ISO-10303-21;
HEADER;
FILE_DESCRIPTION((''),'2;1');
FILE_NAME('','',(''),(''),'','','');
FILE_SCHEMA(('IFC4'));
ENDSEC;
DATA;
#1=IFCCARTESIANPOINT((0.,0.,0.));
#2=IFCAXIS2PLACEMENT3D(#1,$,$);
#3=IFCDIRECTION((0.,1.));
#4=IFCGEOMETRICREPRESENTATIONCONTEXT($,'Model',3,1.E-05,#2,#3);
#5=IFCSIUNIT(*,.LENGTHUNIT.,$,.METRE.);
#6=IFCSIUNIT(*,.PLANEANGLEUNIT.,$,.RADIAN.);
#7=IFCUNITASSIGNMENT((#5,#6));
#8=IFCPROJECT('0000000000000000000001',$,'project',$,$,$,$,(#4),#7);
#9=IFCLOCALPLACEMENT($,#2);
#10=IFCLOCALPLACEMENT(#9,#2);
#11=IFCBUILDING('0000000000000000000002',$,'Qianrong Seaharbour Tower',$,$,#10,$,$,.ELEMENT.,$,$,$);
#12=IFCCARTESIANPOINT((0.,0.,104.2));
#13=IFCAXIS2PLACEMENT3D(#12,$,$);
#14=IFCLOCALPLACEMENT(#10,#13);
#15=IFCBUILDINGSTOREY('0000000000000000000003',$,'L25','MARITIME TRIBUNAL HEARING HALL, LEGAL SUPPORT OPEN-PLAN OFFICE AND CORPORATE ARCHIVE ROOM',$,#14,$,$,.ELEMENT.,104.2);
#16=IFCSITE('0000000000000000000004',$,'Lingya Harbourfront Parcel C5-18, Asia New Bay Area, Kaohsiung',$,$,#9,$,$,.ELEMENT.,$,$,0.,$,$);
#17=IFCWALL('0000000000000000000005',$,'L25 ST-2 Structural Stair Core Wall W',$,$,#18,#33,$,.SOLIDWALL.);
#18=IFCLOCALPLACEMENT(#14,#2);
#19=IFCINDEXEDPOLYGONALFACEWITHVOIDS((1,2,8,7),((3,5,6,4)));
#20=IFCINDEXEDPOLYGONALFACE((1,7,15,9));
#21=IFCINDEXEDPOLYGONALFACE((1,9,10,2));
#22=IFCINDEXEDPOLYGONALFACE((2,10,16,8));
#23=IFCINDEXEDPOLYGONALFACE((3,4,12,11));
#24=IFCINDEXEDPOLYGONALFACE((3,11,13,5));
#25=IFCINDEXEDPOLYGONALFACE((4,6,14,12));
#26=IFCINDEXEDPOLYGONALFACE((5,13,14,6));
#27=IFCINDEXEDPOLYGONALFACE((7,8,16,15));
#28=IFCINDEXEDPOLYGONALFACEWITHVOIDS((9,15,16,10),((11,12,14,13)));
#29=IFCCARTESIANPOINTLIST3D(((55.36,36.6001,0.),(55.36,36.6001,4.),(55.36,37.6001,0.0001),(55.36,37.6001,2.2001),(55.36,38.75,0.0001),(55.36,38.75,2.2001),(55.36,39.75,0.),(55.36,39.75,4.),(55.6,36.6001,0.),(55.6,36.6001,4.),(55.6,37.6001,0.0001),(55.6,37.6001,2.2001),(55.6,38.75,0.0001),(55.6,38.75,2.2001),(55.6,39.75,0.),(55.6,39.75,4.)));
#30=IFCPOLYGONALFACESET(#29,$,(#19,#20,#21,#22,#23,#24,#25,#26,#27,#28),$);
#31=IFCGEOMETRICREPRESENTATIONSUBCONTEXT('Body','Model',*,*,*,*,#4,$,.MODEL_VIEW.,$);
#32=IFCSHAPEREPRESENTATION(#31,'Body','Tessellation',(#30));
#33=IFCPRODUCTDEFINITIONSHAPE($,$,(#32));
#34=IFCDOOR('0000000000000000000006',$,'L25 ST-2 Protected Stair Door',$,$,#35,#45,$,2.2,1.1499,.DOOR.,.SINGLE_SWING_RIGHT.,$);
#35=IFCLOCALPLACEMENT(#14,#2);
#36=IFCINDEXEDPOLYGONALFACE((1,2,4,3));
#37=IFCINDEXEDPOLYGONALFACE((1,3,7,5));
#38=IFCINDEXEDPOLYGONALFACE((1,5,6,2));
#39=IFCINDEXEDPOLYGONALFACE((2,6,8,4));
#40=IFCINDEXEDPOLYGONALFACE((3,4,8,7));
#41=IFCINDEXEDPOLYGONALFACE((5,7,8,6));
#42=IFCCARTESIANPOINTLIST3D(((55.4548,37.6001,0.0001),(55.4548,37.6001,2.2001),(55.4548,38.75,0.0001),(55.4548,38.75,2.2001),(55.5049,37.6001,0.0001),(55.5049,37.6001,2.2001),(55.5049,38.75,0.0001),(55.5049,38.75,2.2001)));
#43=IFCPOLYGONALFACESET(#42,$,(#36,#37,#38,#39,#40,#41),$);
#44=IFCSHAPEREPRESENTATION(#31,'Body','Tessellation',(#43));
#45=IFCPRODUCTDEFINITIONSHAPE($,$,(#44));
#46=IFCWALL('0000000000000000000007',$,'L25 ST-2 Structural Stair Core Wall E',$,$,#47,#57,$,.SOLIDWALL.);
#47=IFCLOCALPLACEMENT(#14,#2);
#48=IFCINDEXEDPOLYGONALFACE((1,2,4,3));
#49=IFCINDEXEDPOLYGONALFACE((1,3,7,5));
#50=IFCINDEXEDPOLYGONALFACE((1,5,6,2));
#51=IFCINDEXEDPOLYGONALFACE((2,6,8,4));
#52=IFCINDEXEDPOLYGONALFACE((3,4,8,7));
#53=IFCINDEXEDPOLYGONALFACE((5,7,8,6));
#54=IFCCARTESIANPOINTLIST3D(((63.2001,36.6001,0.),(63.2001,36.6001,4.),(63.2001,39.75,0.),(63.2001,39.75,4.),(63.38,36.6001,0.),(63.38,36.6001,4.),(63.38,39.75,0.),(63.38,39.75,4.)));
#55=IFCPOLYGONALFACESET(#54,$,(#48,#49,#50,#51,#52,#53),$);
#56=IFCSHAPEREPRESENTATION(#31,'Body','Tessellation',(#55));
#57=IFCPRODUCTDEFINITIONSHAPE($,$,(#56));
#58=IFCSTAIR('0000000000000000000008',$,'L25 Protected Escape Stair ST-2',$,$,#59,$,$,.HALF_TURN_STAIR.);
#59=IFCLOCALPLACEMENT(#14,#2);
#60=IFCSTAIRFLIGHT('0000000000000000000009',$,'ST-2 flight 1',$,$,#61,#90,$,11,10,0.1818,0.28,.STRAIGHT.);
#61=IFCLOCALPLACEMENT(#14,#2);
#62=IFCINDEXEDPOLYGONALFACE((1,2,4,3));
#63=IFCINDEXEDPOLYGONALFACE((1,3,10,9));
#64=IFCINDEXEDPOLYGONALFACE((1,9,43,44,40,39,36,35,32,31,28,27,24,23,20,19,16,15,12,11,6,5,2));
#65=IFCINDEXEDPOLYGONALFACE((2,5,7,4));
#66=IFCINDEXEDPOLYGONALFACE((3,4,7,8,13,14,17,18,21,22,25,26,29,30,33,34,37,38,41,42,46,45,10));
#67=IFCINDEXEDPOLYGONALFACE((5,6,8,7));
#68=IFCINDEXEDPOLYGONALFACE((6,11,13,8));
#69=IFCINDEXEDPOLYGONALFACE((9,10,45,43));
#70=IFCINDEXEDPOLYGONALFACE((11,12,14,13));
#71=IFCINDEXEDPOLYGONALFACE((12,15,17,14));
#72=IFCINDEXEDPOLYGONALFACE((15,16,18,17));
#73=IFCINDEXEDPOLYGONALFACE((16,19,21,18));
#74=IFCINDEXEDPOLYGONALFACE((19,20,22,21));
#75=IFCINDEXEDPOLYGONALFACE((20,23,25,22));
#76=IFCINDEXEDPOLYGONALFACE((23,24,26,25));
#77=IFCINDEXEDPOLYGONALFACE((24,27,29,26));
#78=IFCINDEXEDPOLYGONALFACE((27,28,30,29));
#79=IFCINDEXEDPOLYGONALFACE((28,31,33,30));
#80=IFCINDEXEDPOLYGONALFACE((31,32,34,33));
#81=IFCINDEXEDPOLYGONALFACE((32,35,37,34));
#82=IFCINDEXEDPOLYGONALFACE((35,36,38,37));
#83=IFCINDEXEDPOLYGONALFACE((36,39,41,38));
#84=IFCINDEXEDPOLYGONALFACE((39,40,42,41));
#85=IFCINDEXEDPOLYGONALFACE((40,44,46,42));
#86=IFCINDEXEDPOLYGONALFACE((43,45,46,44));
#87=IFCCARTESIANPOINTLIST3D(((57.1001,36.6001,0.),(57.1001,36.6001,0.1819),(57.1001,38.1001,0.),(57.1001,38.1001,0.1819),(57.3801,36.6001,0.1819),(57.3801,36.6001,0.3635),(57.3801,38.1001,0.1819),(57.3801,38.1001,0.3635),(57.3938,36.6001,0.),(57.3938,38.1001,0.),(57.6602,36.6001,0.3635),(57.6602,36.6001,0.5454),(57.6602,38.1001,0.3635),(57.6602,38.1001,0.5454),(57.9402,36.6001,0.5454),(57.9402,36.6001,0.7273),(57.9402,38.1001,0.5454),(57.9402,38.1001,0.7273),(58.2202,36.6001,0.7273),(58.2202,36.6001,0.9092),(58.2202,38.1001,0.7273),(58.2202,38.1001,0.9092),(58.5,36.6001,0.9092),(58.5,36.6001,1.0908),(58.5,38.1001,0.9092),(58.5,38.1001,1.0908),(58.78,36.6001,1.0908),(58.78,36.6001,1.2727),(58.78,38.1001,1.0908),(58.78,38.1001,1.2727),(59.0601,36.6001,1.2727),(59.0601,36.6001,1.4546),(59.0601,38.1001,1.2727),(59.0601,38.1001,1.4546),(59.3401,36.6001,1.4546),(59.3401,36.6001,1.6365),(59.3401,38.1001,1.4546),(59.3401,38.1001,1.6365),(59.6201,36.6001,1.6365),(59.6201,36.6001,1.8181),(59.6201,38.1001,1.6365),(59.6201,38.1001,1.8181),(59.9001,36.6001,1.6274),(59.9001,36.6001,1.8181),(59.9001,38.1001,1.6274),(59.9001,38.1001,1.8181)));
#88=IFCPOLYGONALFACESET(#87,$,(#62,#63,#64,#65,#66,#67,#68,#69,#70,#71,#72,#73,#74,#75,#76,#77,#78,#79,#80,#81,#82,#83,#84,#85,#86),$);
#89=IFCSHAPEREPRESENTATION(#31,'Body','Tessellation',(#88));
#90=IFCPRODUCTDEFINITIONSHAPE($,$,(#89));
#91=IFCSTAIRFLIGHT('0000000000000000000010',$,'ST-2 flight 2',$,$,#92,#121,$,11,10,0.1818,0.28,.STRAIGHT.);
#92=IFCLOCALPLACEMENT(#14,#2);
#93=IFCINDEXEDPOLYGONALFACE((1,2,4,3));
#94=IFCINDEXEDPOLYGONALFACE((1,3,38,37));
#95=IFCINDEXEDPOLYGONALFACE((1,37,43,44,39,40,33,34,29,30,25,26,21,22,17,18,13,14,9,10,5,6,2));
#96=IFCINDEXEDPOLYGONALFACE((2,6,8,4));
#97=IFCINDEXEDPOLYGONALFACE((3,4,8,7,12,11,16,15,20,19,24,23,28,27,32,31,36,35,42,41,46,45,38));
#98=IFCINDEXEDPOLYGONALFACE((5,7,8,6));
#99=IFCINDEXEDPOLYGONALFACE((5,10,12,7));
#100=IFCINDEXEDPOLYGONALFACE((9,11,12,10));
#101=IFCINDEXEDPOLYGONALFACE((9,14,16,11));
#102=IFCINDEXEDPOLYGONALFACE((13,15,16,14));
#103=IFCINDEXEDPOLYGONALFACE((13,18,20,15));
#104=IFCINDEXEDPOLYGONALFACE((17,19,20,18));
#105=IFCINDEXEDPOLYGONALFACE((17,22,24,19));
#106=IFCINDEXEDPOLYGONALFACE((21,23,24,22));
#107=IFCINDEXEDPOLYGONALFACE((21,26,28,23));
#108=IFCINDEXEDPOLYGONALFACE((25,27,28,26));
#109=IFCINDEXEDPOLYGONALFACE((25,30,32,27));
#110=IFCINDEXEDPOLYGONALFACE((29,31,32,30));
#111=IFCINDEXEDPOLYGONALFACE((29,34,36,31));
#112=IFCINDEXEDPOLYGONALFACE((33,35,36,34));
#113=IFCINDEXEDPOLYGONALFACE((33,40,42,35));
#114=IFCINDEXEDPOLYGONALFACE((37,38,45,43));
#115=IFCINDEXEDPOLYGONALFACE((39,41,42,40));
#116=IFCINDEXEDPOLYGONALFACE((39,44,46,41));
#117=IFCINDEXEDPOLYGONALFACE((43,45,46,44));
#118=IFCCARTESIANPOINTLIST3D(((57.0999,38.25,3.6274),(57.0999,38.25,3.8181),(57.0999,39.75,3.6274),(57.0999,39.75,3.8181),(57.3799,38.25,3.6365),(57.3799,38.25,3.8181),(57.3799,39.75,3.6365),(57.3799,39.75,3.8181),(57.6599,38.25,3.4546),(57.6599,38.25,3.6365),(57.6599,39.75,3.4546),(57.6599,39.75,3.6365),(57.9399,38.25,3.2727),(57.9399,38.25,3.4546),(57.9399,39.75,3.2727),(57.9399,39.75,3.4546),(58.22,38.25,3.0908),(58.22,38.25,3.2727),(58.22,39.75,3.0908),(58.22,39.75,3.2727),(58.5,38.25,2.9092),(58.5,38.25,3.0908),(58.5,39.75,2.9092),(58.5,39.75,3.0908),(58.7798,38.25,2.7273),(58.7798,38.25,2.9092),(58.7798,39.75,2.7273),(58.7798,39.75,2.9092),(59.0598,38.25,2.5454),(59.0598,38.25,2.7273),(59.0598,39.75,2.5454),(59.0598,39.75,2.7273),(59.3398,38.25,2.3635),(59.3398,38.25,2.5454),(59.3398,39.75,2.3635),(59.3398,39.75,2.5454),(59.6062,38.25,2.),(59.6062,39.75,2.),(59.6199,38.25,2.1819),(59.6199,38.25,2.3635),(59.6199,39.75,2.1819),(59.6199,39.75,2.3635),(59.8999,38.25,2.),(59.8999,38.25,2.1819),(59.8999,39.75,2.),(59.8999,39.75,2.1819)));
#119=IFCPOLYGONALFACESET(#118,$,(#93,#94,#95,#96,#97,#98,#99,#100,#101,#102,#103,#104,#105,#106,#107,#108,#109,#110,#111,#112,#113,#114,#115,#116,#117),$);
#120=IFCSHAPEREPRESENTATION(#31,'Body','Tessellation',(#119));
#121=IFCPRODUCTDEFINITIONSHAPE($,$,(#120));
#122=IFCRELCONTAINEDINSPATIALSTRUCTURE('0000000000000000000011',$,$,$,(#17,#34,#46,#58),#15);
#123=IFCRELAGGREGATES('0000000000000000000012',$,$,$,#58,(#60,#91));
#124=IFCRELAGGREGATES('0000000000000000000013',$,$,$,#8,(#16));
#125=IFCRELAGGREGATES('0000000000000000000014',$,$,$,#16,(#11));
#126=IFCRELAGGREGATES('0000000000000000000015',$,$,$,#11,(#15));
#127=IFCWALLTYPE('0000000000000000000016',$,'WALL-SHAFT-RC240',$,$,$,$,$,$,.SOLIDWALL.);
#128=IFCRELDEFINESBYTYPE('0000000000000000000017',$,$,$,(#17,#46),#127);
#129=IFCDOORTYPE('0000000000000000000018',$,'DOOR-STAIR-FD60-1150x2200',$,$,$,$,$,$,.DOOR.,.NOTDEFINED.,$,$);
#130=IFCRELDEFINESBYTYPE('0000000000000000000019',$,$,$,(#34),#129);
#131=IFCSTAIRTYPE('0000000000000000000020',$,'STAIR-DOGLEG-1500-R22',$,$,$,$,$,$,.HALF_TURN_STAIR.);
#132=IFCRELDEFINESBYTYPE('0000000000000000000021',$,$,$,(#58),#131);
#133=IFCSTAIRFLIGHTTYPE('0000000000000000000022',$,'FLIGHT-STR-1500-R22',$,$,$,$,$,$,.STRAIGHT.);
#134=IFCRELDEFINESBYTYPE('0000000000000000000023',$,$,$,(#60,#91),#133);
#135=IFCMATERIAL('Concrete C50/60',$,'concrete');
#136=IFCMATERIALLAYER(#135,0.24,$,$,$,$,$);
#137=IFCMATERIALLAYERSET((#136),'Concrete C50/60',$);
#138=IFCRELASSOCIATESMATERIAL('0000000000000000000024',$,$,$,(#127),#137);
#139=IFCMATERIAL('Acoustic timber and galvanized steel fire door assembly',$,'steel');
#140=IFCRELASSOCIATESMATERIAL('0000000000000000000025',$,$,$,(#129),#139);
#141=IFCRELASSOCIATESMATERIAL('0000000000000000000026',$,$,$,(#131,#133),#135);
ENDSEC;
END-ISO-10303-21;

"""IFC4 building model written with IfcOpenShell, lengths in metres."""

from ifc_helpers import new_model, si_unit, direction, frame, frame_2d, origin, place, context, subcontext, project, spatial, polyline, rectangle, outline, extrude, material, layer, layer_set, type_object, element, fill, aggregate, save


model = new_model("IFC4")

# Units and contexts
model_context = context("Model", 3, precision=1e-05, world=origin(), true_north=direction((0.0, 1.0)))
body_context = subcontext(model_context, "Body", "Model", "MODEL_VIEW")
ifc_project = project(units=[si_unit("LENGTHUNIT", "METRE"), si_unit("PLANEANGLEUNIT", "RADIAN")], contexts=[model_context])

# Site, building, storey
site_placement = place(None, origin())
site = spatial("IfcSite", under=ifc_project, at=site_placement, Name="Lingya Harbourfront Parcel C5-18, Asia New Bay Area, Kaohsiung", CompositionType="ELEMENT", RefElevation=0.0)
building_placement = place(site_placement, origin())
building = spatial("IfcBuilding", under=site, at=building_placement, Name="Qianrong Seaharbour Tower", CompositionType="ELEMENT")
storey_placement = place(building_placement, frame((0.0, 0.0, 104.2)))
storey = spatial("IfcBuildingStorey", under=building, at=storey_placement, Name="L25", Description="MARITIME TRIBUNAL HEARING HALL, LEGAL SUPPORT OPEN-PLAN OFFICE AND CORPORATE ARCHIVE ROOM", CompositionType="ELEMENT", Elevation=104.2)

# Wall, opening, door
ifc_material_1 = material(Name="Concrete C50/60", Category="concrete")
ifc_layer_1 = layer(ifc_material_1, 0.24)
ifc_layer_set_1 = layer_set([ifc_layer_1], Name="Concrete C50/60")
wall_type_1 = type_object("IfcWallType", Name="WALL-SHAFT-RC240", PredefinedType="SOLIDWALL", material=ifc_layer_set_1)
wall_1_placement = place(storey_placement, frame((55.48, 39.75, 0.0), z_axis=(0.0, 0.0, 1.0), x_axis=(0.0, -1.0, 0.0)))
wall_1 = element("IfcWall", 1, at=wall_1_placement, inside=storey, type_object=wall_type_1, Name="L25 ST-2 Structural Stair Core Wall W", PredefinedType="SOLIDWALL", context=body_context, shape_type="SweptSolid", body=[
    extrude(rectangle(XDim=3.1499, YDim=0.24, at=frame_2d((1.575, 0.0))), origin(), (0.0, 0.0, 1.0), 4.0),
])
opening_1_placement = place(wall_1_placement, frame((1.0, 0.0, 0.0)))
opening_1 = element("IfcOpeningElement", 2, at=opening_1_placement, cuts=wall_1, PredefinedType="OPENING", context=body_context, shape_type="SweptSolid", body=[
    extrude(rectangle(XDim=1.1499, YDim=2.2, at=frame_2d((0.575, 1.1001))), frame((0.0, 0.1299, 0.0), z_axis=(0.0, -1.0, 0.0), x_axis=(1.0, 0.0, 0.0)), (0.0, 0.0, 1.0), 0.26),
])
ifc_material_2 = material(Name="Acoustic timber and galvanized steel fire door assembly", Category="steel")
door_type = type_object("IfcDoorType", Name="DOOR-STAIR-FD60-1150x2200", OperationType="NOTDEFINED", PredefinedType="DOOR", material=ifc_material_2)
door_placement = place(opening_1_placement, origin())
door = element("IfcDoor", 3, at=door_placement, inside=storey, type_object=door_type, Name="L25 ST-2 Protected Stair Door", OperationType="SINGLE_SWING_RIGHT", OverallHeight=2.2, OverallWidth=1.1499, PredefinedType="DOOR", context=body_context, shape_type="SweptSolid", body=[
    extrude(rectangle(XDim=1.1499, YDim=2.2, at=frame_2d((0.575, 1.1001))), frame((0.0, 0.0249, 0.0), z_axis=(0.0, -1.0, 0.0), x_axis=(1.0, 0.0, 0.0)), (0.0, 0.0, 1.0), 0.05),
])
fill(opening_1, door)

# Wall
wall_2_placement = place(storey_placement, frame((63.29, 36.6001, 0.0), z_axis=(0.0, 0.0, 1.0), x_axis=(0.0, 1.0, 0.0)))
element("IfcWall", 4, at=wall_2_placement, inside=storey, type_object=wall_type_1, Name="L25 ST-2 Structural Stair Core Wall E", PredefinedType="SOLIDWALL", context=body_context, shape_type="SweptSolid", body=[
    extrude(rectangle(XDim=3.1499, YDim=0.1799, at=frame_2d((1.575, 0.0))), origin(), (0.0, 0.0, 1.0), 4.0),
])

# Stair, stair flights
stair_type = type_object("IfcStairType", Name="STAIR-DOGLEG-1500-R22", PredefinedType="HALF_TURN_STAIR", material=ifc_material_1)
stair_placement = place(storey_placement, origin())
stair = element("IfcStair", 5, at=stair_placement, inside=storey, type_object=stair_type, Name="L25 Protected Escape Stair ST-2", PredefinedType="HALF_TURN_STAIR")
stair_flight_type = type_object("IfcStairFlightType", Name="FLIGHT-STR-1500-R22", PredefinedType="STRAIGHT", material=ifc_material_1)
stair_flight_1_placement = place(storey_placement, frame((57.1001, 37.3501, 0.0), z_axis=(0.0, 0.0, 1.0), x_axis=(1.0, 0.0, 0.0)))
stair_flight_1 = element("IfcStairFlight", 6, at=stair_flight_1_placement, type_object=stair_flight_type, Name="ST-2 flight 1", NumberOfRisers=11, NumberOfTreads=10, PredefinedType="STRAIGHT", RiserHeight=0.1818, TreadLength=0.28, context=body_context, shape_type="SweptSolid", body=[
    extrude(outline(polyline([(0.0, 0.0), (0.0, 0.1819), (0.28, 0.1819), (0.28, 0.3635), (0.5601, 0.3635), (0.5601, 0.5454), (0.8401, 0.5454), (0.8401, 0.7273), (1.1201, 0.7273), (1.1201, 0.9092), (1.3999, 0.9092), (1.3999, 1.0908), (1.6799, 1.0908), (1.6799, 1.2727), (1.96, 1.2727), (1.96, 1.4546), (2.24, 1.4546), (2.24, 1.6365), (2.52, 1.6365), (2.52, 1.8181), (2.8, 1.8181), (2.8, 2.0), (2.8, 1.6274), (0.2937, 0.0), (0.0, 0.0)])), frame((0.0, 0.75, 0.0), z_axis=(0.0, -1.0, 0.0), x_axis=(1.0, 0.0, 0.0)), (0.0, 0.0, 1.0), 1.5),
])
stair_flight_2_placement = place(storey_placement, frame((59.8999, 39.0, 2.0), z_axis=(0.0, 0.0, 1.0), x_axis=(-1.0, 0.0, 0.0)))
stair_flight_2 = element("IfcStairFlight", 7, at=stair_flight_2_placement, type_object=stair_flight_type, Name="ST-2 flight 2", NumberOfRisers=11, NumberOfTreads=10, PredefinedType="STRAIGHT", RiserHeight=0.1818, TreadLength=0.28, context=body_context, shape_type="SweptSolid", body=[
    extrude(outline(polyline([(0.0, 0.0), (0.0, 0.1819), (0.28, 0.1819), (0.28, 0.3635), (0.5601, 0.3635), (0.5601, 0.5454), (0.8401, 0.5454), (0.8401, 0.7273), (1.1201, 0.7273), (1.1201, 0.9092), (1.3999, 0.9092), (1.3999, 1.0908), (1.6799, 1.0908), (1.6799, 1.2727), (1.96, 1.2727), (1.96, 1.4546), (2.24, 1.4546), (2.24, 1.6365), (2.52, 1.6365), (2.52, 1.8181), (2.8, 1.8181), (2.8, 2.0), (2.8, 1.6274), (0.2937, 0.0), (0.0, 0.0)])), frame((0.0, 0.75, 0.0), z_axis=(0.0, -1.0, 0.0), x_axis=(1.0, 0.0, 0.0)), (0.0, 0.0, 1.0), 1.5),
])
aggregate(stair, [stair_flight_1, stair_flight_2])

save(model, "model.ifc")
